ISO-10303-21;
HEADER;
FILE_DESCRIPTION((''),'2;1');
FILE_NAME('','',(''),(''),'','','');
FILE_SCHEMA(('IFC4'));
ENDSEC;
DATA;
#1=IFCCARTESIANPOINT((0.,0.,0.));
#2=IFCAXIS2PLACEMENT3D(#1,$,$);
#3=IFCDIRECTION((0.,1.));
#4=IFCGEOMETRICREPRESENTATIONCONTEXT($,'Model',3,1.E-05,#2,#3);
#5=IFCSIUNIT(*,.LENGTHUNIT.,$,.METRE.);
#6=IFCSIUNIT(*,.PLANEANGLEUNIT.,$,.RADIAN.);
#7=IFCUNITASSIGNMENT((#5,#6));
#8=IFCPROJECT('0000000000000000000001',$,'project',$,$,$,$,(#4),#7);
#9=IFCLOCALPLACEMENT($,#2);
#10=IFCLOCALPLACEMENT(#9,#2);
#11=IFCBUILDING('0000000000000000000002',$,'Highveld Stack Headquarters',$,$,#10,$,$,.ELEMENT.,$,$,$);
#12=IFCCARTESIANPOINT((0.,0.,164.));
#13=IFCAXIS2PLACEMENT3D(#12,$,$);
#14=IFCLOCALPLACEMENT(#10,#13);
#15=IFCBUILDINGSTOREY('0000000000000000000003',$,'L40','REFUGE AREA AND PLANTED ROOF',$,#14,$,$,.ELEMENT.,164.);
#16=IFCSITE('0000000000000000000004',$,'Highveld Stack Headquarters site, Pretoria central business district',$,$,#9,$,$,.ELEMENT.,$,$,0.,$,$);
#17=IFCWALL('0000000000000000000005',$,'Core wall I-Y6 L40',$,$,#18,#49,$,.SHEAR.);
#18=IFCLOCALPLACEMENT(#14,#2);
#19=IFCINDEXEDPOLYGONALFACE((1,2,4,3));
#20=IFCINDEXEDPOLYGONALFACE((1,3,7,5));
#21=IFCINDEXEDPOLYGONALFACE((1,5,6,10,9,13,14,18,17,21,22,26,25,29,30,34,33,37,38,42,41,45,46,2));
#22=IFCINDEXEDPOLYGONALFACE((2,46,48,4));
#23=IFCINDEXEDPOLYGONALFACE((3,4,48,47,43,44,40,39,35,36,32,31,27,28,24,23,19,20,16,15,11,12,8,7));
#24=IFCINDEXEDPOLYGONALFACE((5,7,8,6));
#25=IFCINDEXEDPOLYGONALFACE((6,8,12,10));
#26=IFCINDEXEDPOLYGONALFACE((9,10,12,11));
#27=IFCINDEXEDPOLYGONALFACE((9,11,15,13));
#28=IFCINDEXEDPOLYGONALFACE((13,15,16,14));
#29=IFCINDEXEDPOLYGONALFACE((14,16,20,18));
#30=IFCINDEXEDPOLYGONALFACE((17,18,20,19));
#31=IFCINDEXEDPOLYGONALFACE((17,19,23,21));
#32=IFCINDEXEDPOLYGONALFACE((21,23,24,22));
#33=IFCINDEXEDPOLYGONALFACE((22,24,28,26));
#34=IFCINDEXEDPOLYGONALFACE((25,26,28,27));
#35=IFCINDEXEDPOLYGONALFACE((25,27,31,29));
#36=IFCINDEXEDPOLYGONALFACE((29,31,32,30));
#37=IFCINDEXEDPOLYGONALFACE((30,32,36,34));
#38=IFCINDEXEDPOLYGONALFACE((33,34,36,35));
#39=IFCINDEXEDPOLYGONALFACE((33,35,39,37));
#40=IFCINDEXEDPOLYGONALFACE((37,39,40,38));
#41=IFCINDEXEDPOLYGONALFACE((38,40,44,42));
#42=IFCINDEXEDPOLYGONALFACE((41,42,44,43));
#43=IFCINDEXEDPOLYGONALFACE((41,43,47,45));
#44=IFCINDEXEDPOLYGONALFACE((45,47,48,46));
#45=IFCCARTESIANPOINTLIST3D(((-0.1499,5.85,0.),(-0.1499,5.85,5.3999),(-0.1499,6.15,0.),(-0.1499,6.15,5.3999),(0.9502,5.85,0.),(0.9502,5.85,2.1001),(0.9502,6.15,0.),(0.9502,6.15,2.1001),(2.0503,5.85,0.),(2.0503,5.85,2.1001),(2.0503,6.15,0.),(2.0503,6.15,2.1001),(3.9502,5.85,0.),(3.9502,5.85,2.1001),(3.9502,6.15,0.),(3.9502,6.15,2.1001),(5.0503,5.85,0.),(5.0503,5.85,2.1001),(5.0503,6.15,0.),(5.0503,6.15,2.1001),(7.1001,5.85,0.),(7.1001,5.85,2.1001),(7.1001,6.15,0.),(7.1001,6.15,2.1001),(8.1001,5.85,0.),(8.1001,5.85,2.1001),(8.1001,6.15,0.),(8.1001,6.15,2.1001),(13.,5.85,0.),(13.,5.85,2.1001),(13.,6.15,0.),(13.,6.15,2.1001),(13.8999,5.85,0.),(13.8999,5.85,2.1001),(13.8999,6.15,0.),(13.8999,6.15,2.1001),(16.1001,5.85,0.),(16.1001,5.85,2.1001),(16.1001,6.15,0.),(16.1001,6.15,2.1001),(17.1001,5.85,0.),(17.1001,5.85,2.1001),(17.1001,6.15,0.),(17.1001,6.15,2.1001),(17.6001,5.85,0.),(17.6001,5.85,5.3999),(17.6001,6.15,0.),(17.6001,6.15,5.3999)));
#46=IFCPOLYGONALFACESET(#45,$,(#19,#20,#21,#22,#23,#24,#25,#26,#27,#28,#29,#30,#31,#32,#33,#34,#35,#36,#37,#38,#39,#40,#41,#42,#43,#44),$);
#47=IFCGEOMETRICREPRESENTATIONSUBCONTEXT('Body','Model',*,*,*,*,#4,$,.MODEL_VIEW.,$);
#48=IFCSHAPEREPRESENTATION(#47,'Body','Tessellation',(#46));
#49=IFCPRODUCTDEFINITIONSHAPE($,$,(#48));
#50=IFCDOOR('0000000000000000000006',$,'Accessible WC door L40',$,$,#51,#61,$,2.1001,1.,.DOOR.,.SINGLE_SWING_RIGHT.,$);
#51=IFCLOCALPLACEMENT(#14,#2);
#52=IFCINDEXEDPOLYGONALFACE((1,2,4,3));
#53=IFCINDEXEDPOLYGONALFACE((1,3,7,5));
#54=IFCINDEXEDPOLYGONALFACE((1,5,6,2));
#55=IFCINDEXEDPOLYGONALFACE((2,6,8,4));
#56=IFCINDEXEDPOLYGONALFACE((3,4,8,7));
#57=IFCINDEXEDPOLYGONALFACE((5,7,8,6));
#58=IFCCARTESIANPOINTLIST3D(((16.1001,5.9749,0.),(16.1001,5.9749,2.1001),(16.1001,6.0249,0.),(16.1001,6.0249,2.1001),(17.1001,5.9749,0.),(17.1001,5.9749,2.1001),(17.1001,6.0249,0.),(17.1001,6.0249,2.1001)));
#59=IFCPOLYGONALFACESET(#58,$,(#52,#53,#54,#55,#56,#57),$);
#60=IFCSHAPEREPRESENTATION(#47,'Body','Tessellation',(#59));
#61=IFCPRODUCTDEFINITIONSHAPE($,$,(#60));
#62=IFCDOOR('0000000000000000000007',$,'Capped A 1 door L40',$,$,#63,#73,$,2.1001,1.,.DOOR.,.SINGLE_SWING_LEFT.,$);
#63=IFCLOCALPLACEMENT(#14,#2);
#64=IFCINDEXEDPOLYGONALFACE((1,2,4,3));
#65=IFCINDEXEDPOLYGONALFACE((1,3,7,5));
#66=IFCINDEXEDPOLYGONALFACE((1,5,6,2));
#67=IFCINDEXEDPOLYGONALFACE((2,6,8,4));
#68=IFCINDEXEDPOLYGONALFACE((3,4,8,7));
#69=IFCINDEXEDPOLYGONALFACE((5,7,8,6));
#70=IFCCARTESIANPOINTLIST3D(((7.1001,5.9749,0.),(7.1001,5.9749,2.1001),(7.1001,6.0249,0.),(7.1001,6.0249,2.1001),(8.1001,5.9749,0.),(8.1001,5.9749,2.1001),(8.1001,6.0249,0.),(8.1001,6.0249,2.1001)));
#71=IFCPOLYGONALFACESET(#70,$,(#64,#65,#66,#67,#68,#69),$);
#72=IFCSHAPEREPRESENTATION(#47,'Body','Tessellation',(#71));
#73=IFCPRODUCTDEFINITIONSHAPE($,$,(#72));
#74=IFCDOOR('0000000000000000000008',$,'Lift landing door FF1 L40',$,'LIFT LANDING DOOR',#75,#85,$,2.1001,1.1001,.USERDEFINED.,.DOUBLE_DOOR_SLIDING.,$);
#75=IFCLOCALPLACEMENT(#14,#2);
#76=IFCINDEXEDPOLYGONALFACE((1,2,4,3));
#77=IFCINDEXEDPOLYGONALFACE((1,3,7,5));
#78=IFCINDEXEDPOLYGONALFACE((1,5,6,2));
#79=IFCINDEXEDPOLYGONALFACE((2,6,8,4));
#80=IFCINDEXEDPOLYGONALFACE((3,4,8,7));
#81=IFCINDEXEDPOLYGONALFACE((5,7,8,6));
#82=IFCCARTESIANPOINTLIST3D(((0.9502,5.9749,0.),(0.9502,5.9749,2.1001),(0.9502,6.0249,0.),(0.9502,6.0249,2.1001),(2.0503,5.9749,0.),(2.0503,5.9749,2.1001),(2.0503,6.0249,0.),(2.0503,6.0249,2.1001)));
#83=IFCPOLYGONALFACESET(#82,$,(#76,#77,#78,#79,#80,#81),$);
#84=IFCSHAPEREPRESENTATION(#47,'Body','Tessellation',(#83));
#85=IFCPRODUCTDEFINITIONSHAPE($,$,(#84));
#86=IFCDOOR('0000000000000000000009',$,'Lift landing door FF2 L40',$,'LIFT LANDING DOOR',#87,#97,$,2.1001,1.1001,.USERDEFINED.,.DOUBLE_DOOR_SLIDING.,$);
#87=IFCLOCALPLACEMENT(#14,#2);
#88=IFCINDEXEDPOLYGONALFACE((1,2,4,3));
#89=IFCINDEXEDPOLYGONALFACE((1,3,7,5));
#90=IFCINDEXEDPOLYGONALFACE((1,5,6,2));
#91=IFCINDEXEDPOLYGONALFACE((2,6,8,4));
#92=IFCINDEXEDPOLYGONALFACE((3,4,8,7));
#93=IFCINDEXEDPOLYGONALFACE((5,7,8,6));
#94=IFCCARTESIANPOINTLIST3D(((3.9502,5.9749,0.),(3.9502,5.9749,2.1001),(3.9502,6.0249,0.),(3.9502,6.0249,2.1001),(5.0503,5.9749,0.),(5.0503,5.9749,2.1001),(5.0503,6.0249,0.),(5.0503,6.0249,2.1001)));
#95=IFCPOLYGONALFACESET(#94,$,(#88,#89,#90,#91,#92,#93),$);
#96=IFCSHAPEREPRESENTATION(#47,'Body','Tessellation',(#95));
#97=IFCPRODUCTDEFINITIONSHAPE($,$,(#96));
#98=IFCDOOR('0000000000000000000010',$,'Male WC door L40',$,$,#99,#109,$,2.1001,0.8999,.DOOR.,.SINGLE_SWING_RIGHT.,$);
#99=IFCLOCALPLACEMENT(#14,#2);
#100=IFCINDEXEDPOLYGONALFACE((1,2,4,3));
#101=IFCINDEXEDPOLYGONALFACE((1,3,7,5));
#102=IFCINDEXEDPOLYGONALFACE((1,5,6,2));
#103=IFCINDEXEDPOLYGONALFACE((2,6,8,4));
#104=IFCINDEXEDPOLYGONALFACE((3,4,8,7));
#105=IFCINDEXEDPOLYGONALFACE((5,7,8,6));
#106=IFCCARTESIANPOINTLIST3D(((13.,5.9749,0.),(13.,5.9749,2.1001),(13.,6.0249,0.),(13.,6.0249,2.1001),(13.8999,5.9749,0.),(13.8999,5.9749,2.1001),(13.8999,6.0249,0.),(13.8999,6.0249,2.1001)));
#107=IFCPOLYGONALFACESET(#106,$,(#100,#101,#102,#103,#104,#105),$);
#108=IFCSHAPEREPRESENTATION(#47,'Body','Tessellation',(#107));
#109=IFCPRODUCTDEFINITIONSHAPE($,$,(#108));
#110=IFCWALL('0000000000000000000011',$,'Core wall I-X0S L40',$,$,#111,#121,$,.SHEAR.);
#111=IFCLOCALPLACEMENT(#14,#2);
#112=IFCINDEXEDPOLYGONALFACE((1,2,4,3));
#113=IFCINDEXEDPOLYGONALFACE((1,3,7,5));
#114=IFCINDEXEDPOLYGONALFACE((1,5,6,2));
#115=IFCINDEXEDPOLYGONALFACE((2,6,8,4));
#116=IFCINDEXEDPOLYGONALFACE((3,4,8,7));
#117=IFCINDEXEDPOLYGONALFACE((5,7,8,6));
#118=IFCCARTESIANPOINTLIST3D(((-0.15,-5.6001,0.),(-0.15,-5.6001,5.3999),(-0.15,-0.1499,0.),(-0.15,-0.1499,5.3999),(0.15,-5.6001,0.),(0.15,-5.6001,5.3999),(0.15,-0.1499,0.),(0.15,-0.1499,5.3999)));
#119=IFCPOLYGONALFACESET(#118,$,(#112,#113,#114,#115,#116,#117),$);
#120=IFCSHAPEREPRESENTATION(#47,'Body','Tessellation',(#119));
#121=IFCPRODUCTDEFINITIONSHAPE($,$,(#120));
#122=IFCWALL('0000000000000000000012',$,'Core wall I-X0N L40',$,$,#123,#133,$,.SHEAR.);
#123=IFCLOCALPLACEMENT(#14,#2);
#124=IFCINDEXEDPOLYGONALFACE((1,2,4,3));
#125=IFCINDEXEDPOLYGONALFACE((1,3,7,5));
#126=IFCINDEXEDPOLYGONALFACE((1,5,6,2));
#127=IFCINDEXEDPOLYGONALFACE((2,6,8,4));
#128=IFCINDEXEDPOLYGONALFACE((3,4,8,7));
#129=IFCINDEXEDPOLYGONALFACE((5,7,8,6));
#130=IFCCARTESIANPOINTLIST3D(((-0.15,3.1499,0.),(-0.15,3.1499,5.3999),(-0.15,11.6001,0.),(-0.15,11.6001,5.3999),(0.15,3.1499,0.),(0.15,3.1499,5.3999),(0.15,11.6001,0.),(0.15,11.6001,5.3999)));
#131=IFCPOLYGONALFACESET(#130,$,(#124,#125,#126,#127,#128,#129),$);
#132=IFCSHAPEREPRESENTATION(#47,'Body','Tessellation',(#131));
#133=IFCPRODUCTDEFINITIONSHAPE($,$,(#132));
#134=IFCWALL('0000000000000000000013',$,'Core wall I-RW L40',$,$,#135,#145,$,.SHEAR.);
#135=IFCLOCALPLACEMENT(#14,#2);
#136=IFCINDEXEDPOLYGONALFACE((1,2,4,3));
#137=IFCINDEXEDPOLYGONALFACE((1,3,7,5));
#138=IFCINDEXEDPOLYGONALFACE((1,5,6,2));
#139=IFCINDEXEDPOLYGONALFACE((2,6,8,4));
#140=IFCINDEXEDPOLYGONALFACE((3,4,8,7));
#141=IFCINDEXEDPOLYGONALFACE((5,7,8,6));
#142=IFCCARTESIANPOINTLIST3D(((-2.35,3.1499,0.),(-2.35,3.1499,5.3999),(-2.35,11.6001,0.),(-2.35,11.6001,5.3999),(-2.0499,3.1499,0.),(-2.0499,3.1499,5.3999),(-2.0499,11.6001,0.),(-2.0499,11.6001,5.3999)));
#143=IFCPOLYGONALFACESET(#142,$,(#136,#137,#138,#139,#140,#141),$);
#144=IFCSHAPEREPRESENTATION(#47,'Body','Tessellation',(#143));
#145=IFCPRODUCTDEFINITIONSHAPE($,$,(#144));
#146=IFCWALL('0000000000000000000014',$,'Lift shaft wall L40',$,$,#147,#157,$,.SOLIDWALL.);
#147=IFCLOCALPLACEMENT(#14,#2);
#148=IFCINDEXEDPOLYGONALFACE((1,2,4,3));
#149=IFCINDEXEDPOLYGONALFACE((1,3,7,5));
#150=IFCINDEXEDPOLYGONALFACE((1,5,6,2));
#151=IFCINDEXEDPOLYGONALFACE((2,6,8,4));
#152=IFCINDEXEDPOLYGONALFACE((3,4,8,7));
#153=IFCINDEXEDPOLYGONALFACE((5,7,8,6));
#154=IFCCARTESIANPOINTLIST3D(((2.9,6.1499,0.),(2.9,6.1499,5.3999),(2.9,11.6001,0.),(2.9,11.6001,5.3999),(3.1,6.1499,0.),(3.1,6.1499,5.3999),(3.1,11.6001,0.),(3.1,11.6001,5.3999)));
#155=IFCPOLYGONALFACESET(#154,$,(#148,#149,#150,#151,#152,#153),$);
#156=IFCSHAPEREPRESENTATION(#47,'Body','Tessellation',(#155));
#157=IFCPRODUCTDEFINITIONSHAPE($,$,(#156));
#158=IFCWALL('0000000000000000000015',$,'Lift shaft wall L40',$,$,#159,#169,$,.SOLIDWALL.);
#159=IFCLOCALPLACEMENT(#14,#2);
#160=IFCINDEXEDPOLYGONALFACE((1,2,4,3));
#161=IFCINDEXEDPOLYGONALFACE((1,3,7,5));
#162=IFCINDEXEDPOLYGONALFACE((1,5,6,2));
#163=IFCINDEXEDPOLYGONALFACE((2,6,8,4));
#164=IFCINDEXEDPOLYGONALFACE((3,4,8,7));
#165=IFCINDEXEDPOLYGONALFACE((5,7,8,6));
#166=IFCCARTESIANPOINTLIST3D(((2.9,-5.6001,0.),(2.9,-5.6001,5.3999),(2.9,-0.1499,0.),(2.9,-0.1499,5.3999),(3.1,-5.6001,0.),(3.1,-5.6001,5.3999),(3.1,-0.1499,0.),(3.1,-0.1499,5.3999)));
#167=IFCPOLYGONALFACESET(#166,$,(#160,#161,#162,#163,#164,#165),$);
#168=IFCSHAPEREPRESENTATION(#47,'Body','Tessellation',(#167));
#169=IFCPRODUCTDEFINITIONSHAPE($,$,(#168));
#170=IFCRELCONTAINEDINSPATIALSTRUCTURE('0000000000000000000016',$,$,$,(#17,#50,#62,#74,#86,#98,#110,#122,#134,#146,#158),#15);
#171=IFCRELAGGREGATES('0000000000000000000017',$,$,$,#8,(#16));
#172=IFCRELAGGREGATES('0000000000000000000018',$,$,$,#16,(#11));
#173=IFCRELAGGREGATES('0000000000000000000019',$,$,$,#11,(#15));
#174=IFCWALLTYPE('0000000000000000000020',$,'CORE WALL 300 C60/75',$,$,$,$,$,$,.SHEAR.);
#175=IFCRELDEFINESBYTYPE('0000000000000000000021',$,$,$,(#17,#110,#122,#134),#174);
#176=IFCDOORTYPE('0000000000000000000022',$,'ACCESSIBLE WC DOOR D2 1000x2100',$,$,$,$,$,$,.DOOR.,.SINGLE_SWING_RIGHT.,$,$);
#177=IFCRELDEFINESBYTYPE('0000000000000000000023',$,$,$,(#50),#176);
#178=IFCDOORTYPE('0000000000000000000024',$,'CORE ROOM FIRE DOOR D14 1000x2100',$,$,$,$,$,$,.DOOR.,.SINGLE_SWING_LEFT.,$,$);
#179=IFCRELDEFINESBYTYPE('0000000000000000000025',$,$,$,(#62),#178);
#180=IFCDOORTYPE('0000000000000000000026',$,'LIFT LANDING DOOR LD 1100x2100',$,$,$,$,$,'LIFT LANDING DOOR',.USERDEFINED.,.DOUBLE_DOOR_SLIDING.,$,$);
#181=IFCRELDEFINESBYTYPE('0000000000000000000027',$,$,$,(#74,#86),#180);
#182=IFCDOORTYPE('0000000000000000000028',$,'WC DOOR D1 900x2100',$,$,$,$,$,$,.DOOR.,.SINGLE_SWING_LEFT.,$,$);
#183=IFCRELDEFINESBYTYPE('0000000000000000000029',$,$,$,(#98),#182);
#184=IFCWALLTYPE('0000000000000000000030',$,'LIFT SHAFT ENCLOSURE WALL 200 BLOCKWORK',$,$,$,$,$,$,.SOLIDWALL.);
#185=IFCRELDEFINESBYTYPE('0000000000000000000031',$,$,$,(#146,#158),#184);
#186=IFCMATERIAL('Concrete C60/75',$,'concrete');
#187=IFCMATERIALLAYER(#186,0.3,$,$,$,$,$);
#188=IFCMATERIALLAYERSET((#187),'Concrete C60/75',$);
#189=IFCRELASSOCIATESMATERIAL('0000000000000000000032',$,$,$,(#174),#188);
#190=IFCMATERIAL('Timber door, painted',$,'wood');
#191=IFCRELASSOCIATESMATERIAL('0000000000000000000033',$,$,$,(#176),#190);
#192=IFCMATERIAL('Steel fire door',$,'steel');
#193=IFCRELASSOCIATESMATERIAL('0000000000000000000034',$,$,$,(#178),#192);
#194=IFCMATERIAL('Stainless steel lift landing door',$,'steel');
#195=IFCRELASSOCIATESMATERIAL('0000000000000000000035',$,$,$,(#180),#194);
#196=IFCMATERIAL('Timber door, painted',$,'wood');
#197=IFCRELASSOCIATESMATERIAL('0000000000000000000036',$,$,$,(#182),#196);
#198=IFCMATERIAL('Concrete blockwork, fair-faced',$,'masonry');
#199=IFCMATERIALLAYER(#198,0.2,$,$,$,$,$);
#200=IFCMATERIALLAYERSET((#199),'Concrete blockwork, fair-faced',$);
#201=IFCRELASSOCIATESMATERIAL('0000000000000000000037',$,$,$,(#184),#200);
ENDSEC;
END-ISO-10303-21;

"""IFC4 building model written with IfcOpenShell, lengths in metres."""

from ifc_helpers import new_model, si_unit, direction, frame, frame_2d, origin, place, context, subcontext, project, spatial, rectangle, extrude, material, layer, layer_set, type_object, element, fill, save


model = new_model("IFC4")

# Units and contexts
model_context = context("Model", 3, precision=1e-05, world=origin(), true_north=direction((0.0, 1.0)))
body_context = subcontext(model_context, "Body", "Model", "MODEL_VIEW")
ifc_project = project(units=[si_unit("LENGTHUNIT", "METRE"), si_unit("PLANEANGLEUNIT", "RADIAN")], contexts=[model_context])

# Site, building, storey
site_placement = place(None, origin())
site = spatial("IfcSite", under=ifc_project, at=site_placement, Name="Highveld Stack Headquarters site, Pretoria central business district", CompositionType="ELEMENT", RefElevation=0.0)
building_placement = place(site_placement, origin())
building = spatial("IfcBuilding", under=site, at=building_placement, Name="Highveld Stack Headquarters", CompositionType="ELEMENT")
storey_placement = place(building_placement, frame((0.0, 0.0, 164.0)))
storey = spatial("IfcBuildingStorey", under=building, at=storey_placement, Name="L40", Description="REFUGE AREA AND PLANTED ROOF", CompositionType="ELEMENT", Elevation=164.0)

# Wall, openings, doors
ifc_material_1 = material(Name="Concrete C60/75", Category="concrete")
ifc_layer_1 = layer(ifc_material_1, 0.3)
ifc_layer_set_1 = layer_set([ifc_layer_1], Name="Concrete C60/75")
wall_type_1 = type_object("IfcWallType", Name="CORE WALL 300 C60/75", PredefinedType="SHEAR", material=ifc_layer_set_1)
wall_1_placement = place(storey_placement, frame((-0.1499, 6.0, 0.0), z_axis=(0.0, 0.0, 1.0), x_axis=(1.0, 0.0, 0.0)))
wall_1 = element("IfcWall", 1, at=wall_1_placement, inside=storey, type_object=wall_type_1, Name="Core wall I-Y6 L40", PredefinedType="SHEAR", context=body_context, shape_type="SweptSolid", body=[
    extrude(rectangle(XDim=17.75, YDim=0.3, at=frame_2d((8.875, 0.0))), origin(), (0.0, 0.0, 1.0), 5.3999),
])
opening_1_placement = place(wall_1_placement, frame((13.1499, 0.0, 0.0)))
opening_1 = element("IfcOpeningElement", 2, at=opening_1_placement, cuts=wall_1, PredefinedType="OPENING", context=body_context, shape_type="SweptSolid", body=[
    extrude(rectangle(XDim=0.8999, YDim=2.1001, at=frame_2d((0.45, 1.05))), frame((0.0, 0.1599, 0.0), z_axis=(0.0, -1.0, 0.0), x_axis=(1.0, 0.0, 0.0)), (0.0, 0.0, 1.0), 0.3201),
])
opening_2_placement = place(wall_1_placement, frame((16.25, 0.0, 0.0)))
opening_2 = element("IfcOpeningElement", 3, at=opening_2_placement, cuts=wall_1, PredefinedType="OPENING", context=body_context, shape_type="SweptSolid", body=[
    extrude(rectangle(XDim=1.0, YDim=2.1001, at=frame_2d((0.5, 1.05))), frame((0.0, 0.1599, 0.0), z_axis=(0.0, -1.0, 0.0), x_axis=(1.0, 0.0, 0.0)), (0.0, 0.0, 1.0), 0.3201),
])
opening_3_placement = place(wall_1_placement, frame((7.25, 0.0, 0.0)))
opening_3 = element("IfcOpeningElement", 4, at=opening_3_placement, cuts=wall_1, PredefinedType="OPENING", context=body_context, shape_type="SweptSolid", body=[
    extrude(rectangle(XDim=1.0, YDim=2.1001, at=frame_2d((0.5, 1.05))), frame((0.0, 0.1599, 0.0), z_axis=(0.0, -1.0, 0.0), x_axis=(1.0, 0.0, 0.0)), (0.0, 0.0, 1.0), 0.3201),
])
opening_4_placement = place(wall_1_placement, frame((1.1001, 0.0, 0.0)))
opening_4 = element("IfcOpeningElement", 5, at=opening_4_placement, cuts=wall_1, PredefinedType="OPENING", context=body_context, shape_type="SweptSolid", body=[
    extrude(rectangle(XDim=1.1001, YDim=2.1001, at=frame_2d((0.55, 1.05))), frame((0.0, 0.1599, 0.0), z_axis=(0.0, -1.0, 0.0), x_axis=(1.0, 0.0, 0.0)), (0.0, 0.0, 1.0), 0.3201),
])
opening_5_placement = place(wall_1_placement, frame((4.1001, 0.0, 0.0)))
opening_5 = element("IfcOpeningElement", 6, at=opening_5_placement, cuts=wall_1, PredefinedType="OPENING", context=body_context, shape_type="SweptSolid", body=[
    extrude(rectangle(XDim=1.1001, YDim=2.1001, at=frame_2d((0.55, 1.05))), frame((0.0, 0.1599, 0.0), z_axis=(0.0, -1.0, 0.0), x_axis=(1.0, 0.0, 0.0)), (0.0, 0.0, 1.0), 0.3201),
])
ifc_material_2 = material(Name="Timber door, painted", Category="wood")
door_type_1 = type_object("IfcDoorType", Name="ACCESSIBLE WC DOOR D2 1000x2100", OperationType="SINGLE_SWING_RIGHT", PredefinedType="DOOR", material=ifc_material_2)
door_1_placement = place(opening_2_placement, origin())
door_1 = element("IfcDoor", 7, at=door_1_placement, inside=storey, type_object=door_type_1, Name="Accessible WC door L40", OperationType="SINGLE_SWING_RIGHT", OverallHeight=2.1001, OverallWidth=1.0, PredefinedType="DOOR", context=body_context, shape_type="SweptSolid", body=[
    extrude(rectangle(XDim=1.0, YDim=2.1001, at=frame_2d((0.5, 1.05))), frame((0.0, 0.0249, 0.0), z_axis=(0.0, -1.0, 0.0), x_axis=(1.0, 0.0, 0.0)), (0.0, 0.0, 1.0), 0.05),
])
fill(opening_2, door_1)
ifc_material_3 = material(Name="Steel fire door", Category="steel")
door_type_2 = type_object("IfcDoorType", Name="CORE ROOM FIRE DOOR D14 1000x2100", OperationType="SINGLE_SWING_LEFT", PredefinedType="DOOR", material=ifc_material_3)
door_2_placement = place(opening_3_placement, origin())
door_2 = element("IfcDoor", 8, at=door_2_placement, inside=storey, type_object=door_type_2, Name="Capped A 1 door L40", OperationType="SINGLE_SWING_LEFT", OverallHeight=2.1001, OverallWidth=1.0, PredefinedType="DOOR", context=body_context, shape_type="SweptSolid", body=[
    extrude(rectangle(XDim=1.0, YDim=2.1001, at=frame_2d((0.5, 1.05))), frame((0.0, 0.0249, 0.0), z_axis=(0.0, -1.0, 0.0), x_axis=(1.0, 0.0, 0.0)), (0.0, 0.0, 1.0), 0.05),
])
fill(opening_3, door_2)
ifc_material_4 = material(Name="Stainless steel lift landing door", Category="steel")
door_type_3 = type_object("IfcDoorType", Name="LIFT LANDING DOOR LD 1100x2100", ElementType="LIFT LANDING DOOR", OperationType="DOUBLE_DOOR_SLIDING", PredefinedType="USERDEFINED", material=ifc_material_4)
door_3_placement = place(opening_4_placement, origin())
door_3 = element("IfcDoor", 9, at=door_3_placement, inside=storey, type_object=door_type_3, Name="Lift landing door FF1 L40", ObjectType="LIFT LANDING DOOR", OperationType="DOUBLE_DOOR_SLIDING", OverallHeight=2.1001, OverallWidth=1.1001, PredefinedType="USERDEFINED", context=body_context, shape_type="SweptSolid", body=[
    extrude(rectangle(XDim=1.1001, YDim=2.1001, at=frame_2d((0.55, 1.05))), frame((0.0, 0.0249, 0.0), z_axis=(0.0, -1.0, 0.0), x_axis=(1.0, 0.0, 0.0)), (0.0, 0.0, 1.0), 0.05),
])
fill(opening_4, door_3)
door_4_placement = place(opening_5_placement, origin())
door_4 = element("IfcDoor", 10, at=door_4_placement, inside=storey, type_object=door_type_3, Name="Lift landing door FF2 L40", ObjectType="LIFT LANDING DOOR", OperationType="DOUBLE_DOOR_SLIDING", OverallHeight=2.1001, OverallWidth=1.1001, PredefinedType="USERDEFINED", context=body_context, shape_type="SweptSolid", body=[
    extrude(rectangle(XDim=1.1001, YDim=2.1001, at=frame_2d((0.55, 1.05))), frame((0.0, 0.0249, 0.0), z_axis=(0.0, -1.0, 0.0), x_axis=(1.0, 0.0, 0.0)), (0.0, 0.0, 1.0), 0.05),
])
fill(opening_5, door_4)
ifc_material_5 = material(Name="Timber door, painted", Category="wood")
door_type_4 = type_object("IfcDoorType", Name="WC DOOR D1 900x2100", OperationType="SINGLE_SWING_LEFT", PredefinedType="DOOR", material=ifc_material_5)
door_5_placement = place(opening_1_placement, origin())
door_5 = element("IfcDoor", 11, at=door_5_placement, inside=storey, type_object=door_type_4, Name="Male WC door L40", OperationType="SINGLE_SWING_RIGHT", OverallHeight=2.1001, OverallWidth=0.8999, PredefinedType="DOOR", context=body_context, shape_type="SweptSolid", body=[
    extrude(rectangle(XDim=0.8999, YDim=2.1001, at=frame_2d((0.45, 1.05))), frame((0.0, 0.0249, 0.0), z_axis=(0.0, -1.0, 0.0), x_axis=(1.0, 0.0, 0.0)), (0.0, 0.0, 1.0), 0.05),
])
fill(opening_1, door_5)

# Walls
wall_2_placement = place(storey_placement, frame((0.0, -5.6001, 0.0), z_axis=(0.0, 0.0, 1.0), x_axis=(0.0, 1.0, 0.0)))
element("IfcWall", 12, at=wall_2_placement, inside=storey, type_object=wall_type_1, Name="Core wall I-X0S L40", PredefinedType="SHEAR", context=body_context, shape_type="SweptSolid", body=[
    extrude(rectangle(XDim=5.4502, YDim=0.3, at=frame_2d((2.7251, 0.0))), origin(), (0.0, 0.0, 1.0), 5.3999),
])
for number, where, z_axis, x_axis, name in (
    (13, (0.0, 3.1499, 0.0), (0.0, 0.0, 1.0), (0.0, 1.0, 0.0), "Core wall I-X0N L40"),
    (14, (-2.2, 3.1499, 0.0), (0.0, 0.0, 1.0), (0.0, 1.0, 0.0), "Core wall I-RW L40"),
):
    element("IfcWall", number, at=place(storey_placement, frame(where, z_axis=z_axis, x_axis=x_axis)), inside=storey, type_object=wall_type_1, Name=name, PredefinedType="SHEAR", context=body_context, shape_type="SweptSolid", body=[
        extrude(rectangle(XDim=8.4502, YDim=0.3, at=frame_2d((4.2251, 0.0))), origin(), (0.0, 0.0, 1.0), 5.3999),
    ])
ifc_material_6 = material(Name="Concrete blockwork, fair-faced", Category="masonry")
ifc_layer_2 = layer(ifc_material_6, 0.2)
ifc_layer_set_2 = layer_set([ifc_layer_2], Name="Concrete blockwork, fair-faced")
wall_type_2 = type_object("IfcWallType", Name="LIFT SHAFT ENCLOSURE WALL 200 BLOCKWORK", PredefinedType="SOLIDWALL", material=ifc_layer_set_2)
for number, where, z_axis, x_axis, name in (
    (15, (3.0, 6.1499, 0.0), (0.0, 0.0, 1.0), (0.0, 1.0, 0.0), "Lift shaft wall L40"),
    (16, (3.0, -5.6001, 0.0), (0.0, 0.0, 1.0), (0.0, 1.0, 0.0), "Lift shaft wall L40"),
):
    element("IfcWall", number, at=place(storey_placement, frame(where, z_axis=z_axis, x_axis=x_axis)), inside=storey, type_object=wall_type_2, Name=name, PredefinedType="SOLIDWALL", context=body_context, shape_type="SweptSolid", body=[
        extrude(rectangle(XDim=5.4502, YDim=0.2, at=frame_2d((2.7251, 0.0))), origin(), (0.0, 0.0, 1.0), 5.3999),
    ])

save(model, "model.ifc")
